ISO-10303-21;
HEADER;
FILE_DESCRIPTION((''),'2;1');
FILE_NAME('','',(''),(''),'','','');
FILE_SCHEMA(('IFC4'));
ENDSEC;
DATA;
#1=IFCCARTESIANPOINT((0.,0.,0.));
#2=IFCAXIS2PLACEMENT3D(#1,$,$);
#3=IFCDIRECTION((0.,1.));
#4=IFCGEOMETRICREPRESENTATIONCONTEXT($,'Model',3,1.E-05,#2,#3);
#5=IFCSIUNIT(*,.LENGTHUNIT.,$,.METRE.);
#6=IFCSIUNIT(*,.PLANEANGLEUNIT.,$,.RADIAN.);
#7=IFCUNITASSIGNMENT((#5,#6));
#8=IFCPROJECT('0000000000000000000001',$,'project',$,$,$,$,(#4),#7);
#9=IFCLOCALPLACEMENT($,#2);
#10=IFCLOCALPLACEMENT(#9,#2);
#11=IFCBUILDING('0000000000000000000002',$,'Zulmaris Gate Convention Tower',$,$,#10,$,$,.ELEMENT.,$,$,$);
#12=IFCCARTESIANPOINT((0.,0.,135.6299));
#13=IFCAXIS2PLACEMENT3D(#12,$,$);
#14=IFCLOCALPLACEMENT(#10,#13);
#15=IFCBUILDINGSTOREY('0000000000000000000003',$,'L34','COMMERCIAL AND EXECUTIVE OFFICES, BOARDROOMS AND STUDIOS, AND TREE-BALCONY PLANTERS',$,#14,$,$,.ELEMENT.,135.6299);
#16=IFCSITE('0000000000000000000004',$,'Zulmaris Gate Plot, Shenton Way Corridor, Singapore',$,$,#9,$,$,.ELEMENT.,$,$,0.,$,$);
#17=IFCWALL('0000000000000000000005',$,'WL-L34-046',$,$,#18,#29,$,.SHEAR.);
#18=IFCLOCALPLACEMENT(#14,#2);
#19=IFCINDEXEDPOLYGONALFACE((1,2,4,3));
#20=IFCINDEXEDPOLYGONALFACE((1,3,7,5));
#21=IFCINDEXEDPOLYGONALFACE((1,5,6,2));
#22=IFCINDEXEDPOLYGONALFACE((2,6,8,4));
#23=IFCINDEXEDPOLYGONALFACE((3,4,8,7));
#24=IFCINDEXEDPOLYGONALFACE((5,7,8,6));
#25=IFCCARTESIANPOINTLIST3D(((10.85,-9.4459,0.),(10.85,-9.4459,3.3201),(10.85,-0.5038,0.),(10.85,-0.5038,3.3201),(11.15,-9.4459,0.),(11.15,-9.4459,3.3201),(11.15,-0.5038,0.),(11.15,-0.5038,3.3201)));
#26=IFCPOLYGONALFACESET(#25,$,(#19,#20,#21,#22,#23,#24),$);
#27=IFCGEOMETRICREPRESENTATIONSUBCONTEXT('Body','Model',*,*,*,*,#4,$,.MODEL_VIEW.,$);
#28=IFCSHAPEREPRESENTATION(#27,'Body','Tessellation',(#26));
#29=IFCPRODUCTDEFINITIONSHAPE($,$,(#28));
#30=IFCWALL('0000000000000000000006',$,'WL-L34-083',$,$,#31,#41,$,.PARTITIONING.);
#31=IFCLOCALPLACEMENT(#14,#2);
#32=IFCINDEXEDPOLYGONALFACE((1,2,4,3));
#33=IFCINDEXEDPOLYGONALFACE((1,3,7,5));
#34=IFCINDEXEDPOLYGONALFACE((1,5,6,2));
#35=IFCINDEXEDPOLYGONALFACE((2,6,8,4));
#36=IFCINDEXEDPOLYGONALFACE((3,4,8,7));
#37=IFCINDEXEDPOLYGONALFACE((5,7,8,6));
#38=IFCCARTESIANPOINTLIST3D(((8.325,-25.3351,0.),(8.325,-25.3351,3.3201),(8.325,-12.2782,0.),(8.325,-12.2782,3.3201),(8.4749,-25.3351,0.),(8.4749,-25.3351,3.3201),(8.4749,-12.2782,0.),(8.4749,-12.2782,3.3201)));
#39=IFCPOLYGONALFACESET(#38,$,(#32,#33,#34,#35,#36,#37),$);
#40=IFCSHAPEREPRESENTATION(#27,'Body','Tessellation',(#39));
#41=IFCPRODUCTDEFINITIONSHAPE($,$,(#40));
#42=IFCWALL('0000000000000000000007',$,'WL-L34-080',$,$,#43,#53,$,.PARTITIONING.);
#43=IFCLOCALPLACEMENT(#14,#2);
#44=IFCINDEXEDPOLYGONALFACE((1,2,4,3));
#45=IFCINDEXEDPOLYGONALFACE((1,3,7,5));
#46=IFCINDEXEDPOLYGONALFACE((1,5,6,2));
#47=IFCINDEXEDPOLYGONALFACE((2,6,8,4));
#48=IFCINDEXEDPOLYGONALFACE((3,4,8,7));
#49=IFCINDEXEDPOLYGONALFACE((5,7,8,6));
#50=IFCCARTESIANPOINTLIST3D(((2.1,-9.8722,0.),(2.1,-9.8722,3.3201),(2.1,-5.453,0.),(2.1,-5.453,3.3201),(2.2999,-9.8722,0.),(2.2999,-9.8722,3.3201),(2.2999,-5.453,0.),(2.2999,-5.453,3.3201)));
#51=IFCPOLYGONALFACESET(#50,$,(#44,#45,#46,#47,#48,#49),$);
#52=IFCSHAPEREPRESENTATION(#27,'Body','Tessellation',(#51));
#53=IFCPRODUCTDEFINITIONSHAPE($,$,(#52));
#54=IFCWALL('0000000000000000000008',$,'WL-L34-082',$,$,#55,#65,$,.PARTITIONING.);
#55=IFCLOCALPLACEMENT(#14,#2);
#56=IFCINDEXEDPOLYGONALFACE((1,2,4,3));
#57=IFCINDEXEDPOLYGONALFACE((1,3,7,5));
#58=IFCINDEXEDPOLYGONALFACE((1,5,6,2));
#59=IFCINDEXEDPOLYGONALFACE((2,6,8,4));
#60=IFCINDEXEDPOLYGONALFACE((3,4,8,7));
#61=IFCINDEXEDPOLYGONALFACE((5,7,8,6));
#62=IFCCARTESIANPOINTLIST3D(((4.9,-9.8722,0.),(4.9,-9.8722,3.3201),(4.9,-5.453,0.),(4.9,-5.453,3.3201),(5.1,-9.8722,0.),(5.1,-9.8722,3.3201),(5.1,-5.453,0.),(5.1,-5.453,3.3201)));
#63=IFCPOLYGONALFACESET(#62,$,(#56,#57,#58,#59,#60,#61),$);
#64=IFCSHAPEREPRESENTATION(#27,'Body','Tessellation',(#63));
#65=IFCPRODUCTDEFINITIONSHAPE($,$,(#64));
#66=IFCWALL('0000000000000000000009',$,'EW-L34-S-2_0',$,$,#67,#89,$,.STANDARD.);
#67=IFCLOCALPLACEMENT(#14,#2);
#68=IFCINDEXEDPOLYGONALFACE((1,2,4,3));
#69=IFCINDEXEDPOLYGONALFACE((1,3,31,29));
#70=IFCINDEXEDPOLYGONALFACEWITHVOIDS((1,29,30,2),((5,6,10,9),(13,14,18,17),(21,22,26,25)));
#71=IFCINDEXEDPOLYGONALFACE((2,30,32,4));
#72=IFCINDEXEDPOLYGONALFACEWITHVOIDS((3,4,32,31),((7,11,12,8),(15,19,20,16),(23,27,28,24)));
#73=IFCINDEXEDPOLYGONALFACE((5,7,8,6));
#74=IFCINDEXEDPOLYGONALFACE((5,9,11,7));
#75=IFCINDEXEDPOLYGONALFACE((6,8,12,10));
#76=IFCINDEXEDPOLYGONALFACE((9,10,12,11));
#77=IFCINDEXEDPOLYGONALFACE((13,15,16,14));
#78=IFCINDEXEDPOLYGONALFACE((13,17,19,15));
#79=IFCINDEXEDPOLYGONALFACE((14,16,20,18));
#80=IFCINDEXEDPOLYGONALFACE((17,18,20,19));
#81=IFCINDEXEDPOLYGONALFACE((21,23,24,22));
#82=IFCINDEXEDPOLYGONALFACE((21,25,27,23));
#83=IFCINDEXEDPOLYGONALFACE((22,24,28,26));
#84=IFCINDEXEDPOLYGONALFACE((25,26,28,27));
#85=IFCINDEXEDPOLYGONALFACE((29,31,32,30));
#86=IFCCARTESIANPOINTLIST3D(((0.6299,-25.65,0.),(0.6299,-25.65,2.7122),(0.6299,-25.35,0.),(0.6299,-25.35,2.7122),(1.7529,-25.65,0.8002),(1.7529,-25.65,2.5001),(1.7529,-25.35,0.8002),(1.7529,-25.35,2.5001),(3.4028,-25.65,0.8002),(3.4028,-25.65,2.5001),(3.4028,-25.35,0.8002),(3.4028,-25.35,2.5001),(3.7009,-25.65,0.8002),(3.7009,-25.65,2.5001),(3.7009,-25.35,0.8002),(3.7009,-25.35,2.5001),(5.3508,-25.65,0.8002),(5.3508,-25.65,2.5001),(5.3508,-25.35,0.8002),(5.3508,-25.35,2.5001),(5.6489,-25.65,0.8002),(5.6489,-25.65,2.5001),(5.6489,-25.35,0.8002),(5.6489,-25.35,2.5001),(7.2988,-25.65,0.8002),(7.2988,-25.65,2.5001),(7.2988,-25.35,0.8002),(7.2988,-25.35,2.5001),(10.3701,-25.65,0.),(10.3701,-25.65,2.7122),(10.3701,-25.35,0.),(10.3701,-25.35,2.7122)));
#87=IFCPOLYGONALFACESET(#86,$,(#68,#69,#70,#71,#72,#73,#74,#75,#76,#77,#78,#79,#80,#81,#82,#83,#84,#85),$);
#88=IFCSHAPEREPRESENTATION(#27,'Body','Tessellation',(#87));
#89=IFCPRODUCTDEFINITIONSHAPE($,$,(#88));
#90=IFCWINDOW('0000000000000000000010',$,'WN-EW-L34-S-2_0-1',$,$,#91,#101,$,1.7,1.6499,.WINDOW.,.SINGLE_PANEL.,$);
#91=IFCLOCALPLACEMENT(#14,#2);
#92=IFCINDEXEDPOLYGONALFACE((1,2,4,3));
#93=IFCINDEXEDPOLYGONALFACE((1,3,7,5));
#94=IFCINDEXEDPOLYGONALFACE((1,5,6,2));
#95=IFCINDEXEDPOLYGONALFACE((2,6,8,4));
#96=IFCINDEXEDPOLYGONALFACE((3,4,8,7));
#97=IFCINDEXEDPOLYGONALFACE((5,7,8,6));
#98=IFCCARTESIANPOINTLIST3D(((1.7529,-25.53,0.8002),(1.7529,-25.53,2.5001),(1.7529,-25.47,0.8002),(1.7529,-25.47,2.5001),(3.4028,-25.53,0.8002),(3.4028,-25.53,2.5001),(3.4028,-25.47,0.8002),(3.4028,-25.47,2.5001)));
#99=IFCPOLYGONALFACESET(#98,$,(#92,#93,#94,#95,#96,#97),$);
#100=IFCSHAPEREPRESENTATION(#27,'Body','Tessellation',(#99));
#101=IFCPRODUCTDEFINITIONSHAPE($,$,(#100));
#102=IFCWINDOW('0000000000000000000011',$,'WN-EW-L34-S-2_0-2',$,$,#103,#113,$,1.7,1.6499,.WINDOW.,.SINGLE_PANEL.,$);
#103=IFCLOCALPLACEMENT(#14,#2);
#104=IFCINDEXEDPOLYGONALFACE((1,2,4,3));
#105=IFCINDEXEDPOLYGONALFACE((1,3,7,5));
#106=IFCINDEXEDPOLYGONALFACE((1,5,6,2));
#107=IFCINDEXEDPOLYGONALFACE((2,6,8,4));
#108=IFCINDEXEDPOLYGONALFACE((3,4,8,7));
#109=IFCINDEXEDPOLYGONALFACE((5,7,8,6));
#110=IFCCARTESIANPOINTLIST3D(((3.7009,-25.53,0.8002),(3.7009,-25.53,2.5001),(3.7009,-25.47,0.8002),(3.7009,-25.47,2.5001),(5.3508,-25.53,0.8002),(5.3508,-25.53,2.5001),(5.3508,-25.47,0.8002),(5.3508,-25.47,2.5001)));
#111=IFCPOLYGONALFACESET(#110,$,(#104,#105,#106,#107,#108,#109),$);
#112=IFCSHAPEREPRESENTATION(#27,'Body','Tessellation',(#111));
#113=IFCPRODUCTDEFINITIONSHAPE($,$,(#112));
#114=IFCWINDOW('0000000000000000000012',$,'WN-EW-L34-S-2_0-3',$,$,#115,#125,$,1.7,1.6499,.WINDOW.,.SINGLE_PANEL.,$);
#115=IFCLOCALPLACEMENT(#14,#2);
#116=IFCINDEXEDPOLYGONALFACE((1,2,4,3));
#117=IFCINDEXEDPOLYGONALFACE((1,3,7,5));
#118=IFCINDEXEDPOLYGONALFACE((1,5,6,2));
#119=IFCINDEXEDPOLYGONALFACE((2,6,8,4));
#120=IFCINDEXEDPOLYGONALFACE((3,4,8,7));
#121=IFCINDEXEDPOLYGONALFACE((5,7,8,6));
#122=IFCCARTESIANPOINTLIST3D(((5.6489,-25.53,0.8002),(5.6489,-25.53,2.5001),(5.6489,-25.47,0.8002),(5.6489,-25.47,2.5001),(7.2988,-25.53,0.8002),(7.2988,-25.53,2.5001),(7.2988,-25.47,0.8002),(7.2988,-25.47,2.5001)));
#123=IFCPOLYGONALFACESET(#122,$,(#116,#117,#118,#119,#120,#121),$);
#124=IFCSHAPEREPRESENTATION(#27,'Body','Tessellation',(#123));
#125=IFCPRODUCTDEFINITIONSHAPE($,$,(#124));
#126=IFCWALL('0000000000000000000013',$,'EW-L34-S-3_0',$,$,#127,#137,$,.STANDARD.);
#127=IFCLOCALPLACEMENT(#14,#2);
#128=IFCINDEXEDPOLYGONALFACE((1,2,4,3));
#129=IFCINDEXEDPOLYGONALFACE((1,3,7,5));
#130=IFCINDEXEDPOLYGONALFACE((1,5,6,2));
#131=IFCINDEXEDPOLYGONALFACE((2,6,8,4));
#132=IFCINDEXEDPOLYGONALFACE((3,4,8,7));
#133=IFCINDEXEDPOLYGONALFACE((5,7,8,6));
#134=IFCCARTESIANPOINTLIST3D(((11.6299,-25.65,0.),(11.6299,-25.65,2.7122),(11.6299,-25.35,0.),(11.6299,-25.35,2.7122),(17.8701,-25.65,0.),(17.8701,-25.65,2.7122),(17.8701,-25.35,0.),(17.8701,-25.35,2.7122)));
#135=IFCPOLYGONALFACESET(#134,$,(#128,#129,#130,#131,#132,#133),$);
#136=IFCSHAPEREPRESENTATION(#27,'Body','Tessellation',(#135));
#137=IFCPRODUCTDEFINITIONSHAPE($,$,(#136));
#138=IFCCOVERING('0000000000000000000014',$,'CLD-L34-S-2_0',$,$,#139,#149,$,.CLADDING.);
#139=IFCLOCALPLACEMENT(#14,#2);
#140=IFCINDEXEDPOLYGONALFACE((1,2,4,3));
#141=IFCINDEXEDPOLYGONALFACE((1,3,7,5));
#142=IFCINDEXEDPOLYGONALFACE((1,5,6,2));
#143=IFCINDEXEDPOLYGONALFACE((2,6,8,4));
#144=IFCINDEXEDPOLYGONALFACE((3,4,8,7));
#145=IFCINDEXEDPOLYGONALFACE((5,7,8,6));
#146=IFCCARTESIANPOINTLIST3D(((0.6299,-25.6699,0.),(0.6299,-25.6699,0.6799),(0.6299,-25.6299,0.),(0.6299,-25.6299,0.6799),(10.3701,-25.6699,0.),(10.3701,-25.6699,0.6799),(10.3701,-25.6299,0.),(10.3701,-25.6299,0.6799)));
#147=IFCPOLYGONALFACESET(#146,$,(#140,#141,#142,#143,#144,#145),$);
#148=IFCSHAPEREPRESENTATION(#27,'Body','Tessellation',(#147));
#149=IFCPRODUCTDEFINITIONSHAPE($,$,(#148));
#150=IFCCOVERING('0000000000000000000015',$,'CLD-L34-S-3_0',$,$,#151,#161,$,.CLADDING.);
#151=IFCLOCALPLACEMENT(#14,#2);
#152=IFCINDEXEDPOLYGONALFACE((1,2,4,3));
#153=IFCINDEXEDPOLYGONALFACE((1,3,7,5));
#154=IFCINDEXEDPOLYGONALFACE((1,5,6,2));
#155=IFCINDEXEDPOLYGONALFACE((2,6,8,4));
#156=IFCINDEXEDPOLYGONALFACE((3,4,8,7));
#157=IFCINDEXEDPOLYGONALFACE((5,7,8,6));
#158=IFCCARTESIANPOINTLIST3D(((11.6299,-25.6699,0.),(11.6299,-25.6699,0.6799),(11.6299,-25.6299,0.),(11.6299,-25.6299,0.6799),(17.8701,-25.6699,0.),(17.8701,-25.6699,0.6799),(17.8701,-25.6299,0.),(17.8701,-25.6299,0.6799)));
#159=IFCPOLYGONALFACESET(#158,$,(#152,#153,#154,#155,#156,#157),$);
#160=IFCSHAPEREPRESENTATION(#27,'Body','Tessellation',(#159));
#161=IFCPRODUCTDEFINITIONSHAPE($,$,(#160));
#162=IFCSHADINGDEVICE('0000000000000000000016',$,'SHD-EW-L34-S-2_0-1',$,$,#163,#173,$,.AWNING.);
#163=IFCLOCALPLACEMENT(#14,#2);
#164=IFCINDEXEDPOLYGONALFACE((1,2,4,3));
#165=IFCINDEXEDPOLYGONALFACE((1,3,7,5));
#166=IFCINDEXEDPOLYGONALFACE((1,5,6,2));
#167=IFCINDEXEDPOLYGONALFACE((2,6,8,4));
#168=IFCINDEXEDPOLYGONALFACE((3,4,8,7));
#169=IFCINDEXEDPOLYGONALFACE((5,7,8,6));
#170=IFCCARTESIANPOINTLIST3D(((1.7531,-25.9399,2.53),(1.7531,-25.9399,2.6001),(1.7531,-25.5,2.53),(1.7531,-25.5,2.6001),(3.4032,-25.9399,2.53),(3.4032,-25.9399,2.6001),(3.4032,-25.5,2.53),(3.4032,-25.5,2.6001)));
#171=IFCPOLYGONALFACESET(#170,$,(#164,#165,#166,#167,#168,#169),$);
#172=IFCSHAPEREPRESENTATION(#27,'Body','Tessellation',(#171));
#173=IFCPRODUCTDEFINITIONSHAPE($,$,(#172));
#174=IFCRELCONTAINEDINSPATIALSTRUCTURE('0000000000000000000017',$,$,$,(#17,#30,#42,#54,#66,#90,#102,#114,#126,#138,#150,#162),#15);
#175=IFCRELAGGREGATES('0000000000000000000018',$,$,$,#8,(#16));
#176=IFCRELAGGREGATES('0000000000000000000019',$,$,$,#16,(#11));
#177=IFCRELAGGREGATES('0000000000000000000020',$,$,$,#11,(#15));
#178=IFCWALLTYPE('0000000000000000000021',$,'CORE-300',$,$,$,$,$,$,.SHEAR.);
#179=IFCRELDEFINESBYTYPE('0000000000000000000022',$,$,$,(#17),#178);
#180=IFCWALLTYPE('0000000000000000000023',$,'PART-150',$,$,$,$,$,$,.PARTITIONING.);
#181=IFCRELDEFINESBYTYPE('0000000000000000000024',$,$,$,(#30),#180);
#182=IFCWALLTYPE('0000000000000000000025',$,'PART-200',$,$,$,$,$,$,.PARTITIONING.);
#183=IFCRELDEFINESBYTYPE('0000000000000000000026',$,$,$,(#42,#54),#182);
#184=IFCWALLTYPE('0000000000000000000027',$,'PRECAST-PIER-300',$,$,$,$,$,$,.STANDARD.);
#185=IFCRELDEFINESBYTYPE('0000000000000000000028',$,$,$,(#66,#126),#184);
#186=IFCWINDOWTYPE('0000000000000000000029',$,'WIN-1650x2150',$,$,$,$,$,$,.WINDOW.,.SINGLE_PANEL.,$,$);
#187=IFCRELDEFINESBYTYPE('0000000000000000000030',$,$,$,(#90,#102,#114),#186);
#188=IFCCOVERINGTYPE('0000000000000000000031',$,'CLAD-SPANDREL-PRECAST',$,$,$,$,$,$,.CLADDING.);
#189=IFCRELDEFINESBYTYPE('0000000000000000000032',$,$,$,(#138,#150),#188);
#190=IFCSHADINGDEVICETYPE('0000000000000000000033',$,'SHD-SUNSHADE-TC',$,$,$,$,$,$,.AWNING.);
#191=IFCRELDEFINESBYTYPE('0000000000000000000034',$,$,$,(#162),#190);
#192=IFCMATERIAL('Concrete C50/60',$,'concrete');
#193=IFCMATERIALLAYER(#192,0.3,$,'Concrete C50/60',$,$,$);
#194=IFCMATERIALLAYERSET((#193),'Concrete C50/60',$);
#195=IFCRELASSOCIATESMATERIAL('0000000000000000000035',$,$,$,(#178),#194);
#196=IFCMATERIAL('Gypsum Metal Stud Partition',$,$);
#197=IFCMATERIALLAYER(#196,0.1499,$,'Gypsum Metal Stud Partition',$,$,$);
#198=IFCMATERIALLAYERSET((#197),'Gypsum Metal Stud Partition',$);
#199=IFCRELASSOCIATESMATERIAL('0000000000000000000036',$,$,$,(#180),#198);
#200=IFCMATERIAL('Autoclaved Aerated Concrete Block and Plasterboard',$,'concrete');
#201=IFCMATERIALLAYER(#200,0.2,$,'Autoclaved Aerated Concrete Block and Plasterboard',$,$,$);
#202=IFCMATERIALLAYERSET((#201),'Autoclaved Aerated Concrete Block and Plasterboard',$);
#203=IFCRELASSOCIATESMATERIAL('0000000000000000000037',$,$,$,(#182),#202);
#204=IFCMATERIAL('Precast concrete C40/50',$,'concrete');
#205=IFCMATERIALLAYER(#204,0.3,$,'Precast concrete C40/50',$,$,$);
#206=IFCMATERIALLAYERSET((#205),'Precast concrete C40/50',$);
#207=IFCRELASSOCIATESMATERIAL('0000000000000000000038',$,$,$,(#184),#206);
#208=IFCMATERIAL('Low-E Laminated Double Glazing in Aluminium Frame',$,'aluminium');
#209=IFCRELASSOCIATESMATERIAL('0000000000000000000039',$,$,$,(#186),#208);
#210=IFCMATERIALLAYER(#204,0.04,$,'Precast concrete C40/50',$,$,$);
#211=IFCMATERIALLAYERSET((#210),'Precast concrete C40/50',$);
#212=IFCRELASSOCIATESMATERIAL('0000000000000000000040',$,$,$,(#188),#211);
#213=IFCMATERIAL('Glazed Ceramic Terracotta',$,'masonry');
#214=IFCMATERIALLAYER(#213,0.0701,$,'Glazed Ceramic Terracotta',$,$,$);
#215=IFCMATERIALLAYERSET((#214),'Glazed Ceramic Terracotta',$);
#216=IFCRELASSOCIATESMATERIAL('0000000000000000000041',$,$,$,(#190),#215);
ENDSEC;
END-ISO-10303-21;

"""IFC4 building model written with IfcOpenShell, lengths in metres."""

from ifc_helpers import new_model, si_unit, direction, frame, frame_2d, origin, place, context, subcontext, project, spatial, rectangle, extrude, material, layer, layer_set, type_object, element, fill, save


model = new_model("IFC4")

# Units and contexts
model_context = context("Model", 3, precision=1e-05, world=origin(), true_north=direction((0.0, 1.0)))
body_context = subcontext(model_context, "Body", "Model", "MODEL_VIEW")
ifc_project = project(units=[si_unit("LENGTHUNIT", "METRE"), si_unit("PLANEANGLEUNIT", "RADIAN")], contexts=[model_context])

# Site, building, storey
site_placement = place(None, origin())
site = spatial("IfcSite", under=ifc_project, at=site_placement, Name="Zulmaris Gate Plot, Shenton Way Corridor, Singapore", CompositionType="ELEMENT", RefElevation=0.0)
building_placement = place(site_placement, origin())
building = spatial("IfcBuilding", under=site, at=building_placement, Name="Zulmaris Gate Convention Tower", CompositionType="ELEMENT")
storey_placement = place(building_placement, frame((0.0, 0.0, 135.6299)))
storey = spatial("IfcBuildingStorey", under=building, at=storey_placement, Name="L34", Description="COMMERCIAL AND EXECUTIVE OFFICES, BOARDROOMS AND STUDIOS, AND TREE-BALCONY PLANTERS", CompositionType="ELEMENT", Elevation=135.6299)

# Wall
ifc_material_1 = material(Name="Concrete C50/60", Category="concrete")
ifc_layer_1 = layer(ifc_material_1, 0.3, Name="Concrete C50/60")
ifc_layer_set_1 = layer_set([ifc_layer_1], Name="Concrete C50/60")
wall_type_1 = type_object("IfcWallType", Name="CORE-300", PredefinedType="SHEAR", material=ifc_layer_set_1)
wall_1_placement = place(storey_placement, frame((11.0, -9.446, 0.0), z_axis=(0.0, 0.0, 1.0), x_axis=(0.0, 1.0, 0.0)))
element("IfcWall", 1, at=wall_1_placement, inside=storey, type_object=wall_type_1, Name="WL-L34-046", PredefinedType="SHEAR", context=body_context, shape_type="SweptSolid", body=[
    extrude(rectangle(XDim=8.9421, YDim=0.3, at=frame_2d((4.4712, 0.0))), origin(), (0.0, 0.0, 1.0), 3.3201),
])

# Walls
ifc_material_2 = material(Name="Gypsum Metal Stud Partition")
ifc_layer_2 = layer(ifc_material_2, 0.1499, Name="Gypsum Metal Stud Partition")
ifc_layer_set_2 = layer_set([ifc_layer_2], Name="Gypsum Metal Stud Partition")
wall_type_2 = type_object("IfcWallType", Name="PART-150", PredefinedType="PARTITIONING", material=ifc_layer_set_2)
wall_2_placement = place(storey_placement, frame((8.3999, -25.335, 0.0), z_axis=(0.0, 0.0, 1.0), x_axis=(0.0, 1.0, 0.0)))
element("IfcWall", 2, at=wall_2_placement, inside=storey, type_object=wall_type_2, Name="WL-L34-083", PredefinedType="PARTITIONING", context=body_context, shape_type="SweptSolid", body=[
    extrude(rectangle(XDim=13.0569, YDim=0.1499, at=frame_2d((6.5283, 0.0))), origin(), (0.0, 0.0, 1.0), 3.3201),
])
ifc_material_3 = material(Name="Autoclaved Aerated Concrete Block and Plasterboard", Category="concrete")
ifc_layer_3 = layer(ifc_material_3, 0.2, Name="Autoclaved Aerated Concrete Block and Plasterboard")
ifc_layer_set_3 = layer_set([ifc_layer_3], Name="Autoclaved Aerated Concrete Block and Plasterboard")
wall_type_3 = type_object("IfcWallType", Name="PART-200", PredefinedType="PARTITIONING", material=ifc_layer_set_3)
for number, where, z_axis, x_axis, name in (
    (3, (2.2, -9.8721, 0.0), (0.0, 0.0, 1.0), (0.0, 1.0, 0.0), "WL-L34-080"),
    (4, (5.0, -9.8721, 0.0), (0.0, 0.0, 1.0), (0.0, 1.0, 0.0), "WL-L34-082"),
):
    element("IfcWall", number, at=place(storey_placement, frame(where, z_axis=z_axis, x_axis=x_axis)), inside=storey, type_object=wall_type_3, Name=name, PredefinedType="PARTITIONING", context=body_context, shape_type="SweptSolid", body=[
        extrude(rectangle(XDim=4.4192, YDim=0.2, at=frame_2d((2.2095, 0.0))), origin(), (0.0, 0.0, 1.0), 3.3201),
    ])

# Wall, openings, windows
ifc_material_4 = material(Name="Precast concrete C40/50", Category="concrete")
ifc_layer_4 = layer(ifc_material_4, 0.3, Name="Precast concrete C40/50")
ifc_layer_set_4 = layer_set([ifc_layer_4], Name="Precast concrete C40/50")
wall_type_4 = type_object("IfcWallType", Name="PRECAST-PIER-300", PredefinedType="STANDARD", material=ifc_layer_set_4)
wall_3_placement = place(storey_placement, frame((0.6299, -25.5, 0.0), z_axis=(0.0, 0.0, 1.0), x_axis=(1.0, 0.0, 0.0)))
wall_3 = element("IfcWall", 5, at=wall_3_placement, inside=storey, type_object=wall_type_4, Name="EW-L34-S-2_0", PredefinedType="STANDARD", context=body_context, shape_type="SweptSolid", body=[
    extrude(rectangle(XDim=9.7402, YDim=0.3, at=frame_2d((4.8701, 0.0))), origin(), (0.0, 0.0, 1.0), 2.7122),
])
opening_1_placement = place(wall_3_placement, frame((1.123, 0.0, 0.8)))
opening_1 = element("IfcOpeningElement", 6, at=opening_1_placement, cuts=wall_3, PredefinedType="OPENING", context=body_context, shape_type="SweptSolid", body=[
    extrude(rectangle(XDim=1.6499, YDim=1.7, at=frame_2d((0.825, 0.8501))), frame((0.0, 0.1602, 0.0), z_axis=(0.0, -1.0, 0.0), x_axis=(1.0, 0.0, 0.0)), (0.0, 0.0, 1.0), 0.3201),
])
opening_2_placement = place(wall_3_placement, frame((3.071, 0.0, 0.8)))
opening_2 = element("IfcOpeningElement", 7, at=opening_2_placement, cuts=wall_3, PredefinedType="OPENING", context=body_context, shape_type="SweptSolid", body=[
    extrude(rectangle(XDim=1.6499, YDim=1.7, at=frame_2d((0.825, 0.8501))), frame((0.0, 0.1602, 0.0), z_axis=(0.0, -1.0, 0.0), x_axis=(1.0, 0.0, 0.0)), (0.0, 0.0, 1.0), 0.3201),
])
opening_3_placement = place(wall_3_placement, frame((5.019, 0.0, 0.8)))
opening_3 = element("IfcOpeningElement", 8, at=opening_3_placement, cuts=wall_3, PredefinedType="OPENING", context=body_context, shape_type="SweptSolid", body=[
    extrude(rectangle(XDim=1.6499, YDim=1.7, at=frame_2d((0.825, 0.8501))), frame((0.0, 0.1602, 0.0), z_axis=(0.0, -1.0, 0.0), x_axis=(1.0, 0.0, 0.0)), (0.0, 0.0, 1.0), 0.3201),
])
ifc_material_5 = material(Name="Low-E Laminated Double Glazing in Aluminium Frame", Category="aluminium")
window_type = type_object("IfcWindowType", Name="WIN-1650x2150", PartitioningType="SINGLE_PANEL", PredefinedType="WINDOW", material=ifc_material_5)
window_1_placement = place(opening_1_placement, origin())
window_1 = element("IfcWindow", 9, at=window_1_placement, inside=storey, type_object=window_type, Name="WN-EW-L34-S-2_0-1", OverallHeight=1.7, OverallWidth=1.6499, PartitioningType="SINGLE_PANEL", PredefinedType="WINDOW", context=body_context, shape_type="SweptSolid", body=[
    extrude(rectangle(XDim=1.6499, YDim=1.7, at=frame_2d((0.825, 0.8501))), frame((0.0, 0.03, 0.0), z_axis=(0.0, -1.0, 0.0), x_axis=(1.0, 0.0, 0.0)), (0.0, 0.0, 1.0), 0.0601),
])
fill(opening_1, window_1)
window_2_placement = place(opening_2_placement, origin())
window_2 = element("IfcWindow", 10, at=window_2_placement, inside=storey, type_object=window_type, Name="WN-EW-L34-S-2_0-2", OverallHeight=1.7, OverallWidth=1.6499, PartitioningType="SINGLE_PANEL", PredefinedType="WINDOW", context=body_context, shape_type="SweptSolid", body=[
    extrude(rectangle(XDim=1.6499, YDim=1.7, at=frame_2d((0.825, 0.8501))), frame((0.0, 0.03, 0.0), z_axis=(0.0, -1.0, 0.0), x_axis=(1.0, 0.0, 0.0)), (0.0, 0.0, 1.0), 0.0601),
])
fill(opening_2, window_2)
window_3_placement = place(opening_3_placement, origin())
window_3 = element("IfcWindow", 11, at=window_3_placement, inside=storey, type_object=window_type, Name="WN-EW-L34-S-2_0-3", OverallHeight=1.7, OverallWidth=1.6499, PartitioningType="SINGLE_PANEL", PredefinedType="WINDOW", context=body_context, shape_type="SweptSolid", body=[
    extrude(rectangle(XDim=1.6499, YDim=1.7, at=frame_2d((0.825, 0.8501))), frame((0.0, 0.03, 0.0), z_axis=(0.0, -1.0, 0.0), x_axis=(1.0, 0.0, 0.0)), (0.0, 0.0, 1.0), 0.0601),
])
fill(opening_3, window_3)

# Wall
wall_4_placement = place(storey_placement, frame((11.6299, -25.5, 0.0), z_axis=(0.0, 0.0, 1.0), x_axis=(1.0, 0.0, 0.0)))
element("IfcWall", 12, at=wall_4_placement, inside=storey, type_object=wall_type_4, Name="EW-L34-S-3_0", PredefinedType="STANDARD", context=body_context, shape_type="SweptSolid", body=[
    extrude(rectangle(XDim=6.2402, YDim=0.3, at=frame_2d((3.1201, 0.0))), origin(), (0.0, 0.0, 1.0), 2.7122),
])

# Coverings
ifc_layer_5 = layer(ifc_material_4, 0.04, Name="Precast concrete C40/50")
ifc_layer_set_5 = layer_set([ifc_layer_5], Name="Precast concrete C40/50")
covering_type = type_object("IfcCoveringType", Name="CLAD-SPANDREL-PRECAST", PredefinedType="CLADDING", material=ifc_layer_set_5)
covering_1_placement = place(storey_placement, frame((0.6299, -25.6499, 0.0), z_axis=(0.0, 0.0, 1.0), x_axis=(1.0, 0.0, 0.0)))
element("IfcCovering", 13, at=covering_1_placement, inside=storey, type_object=covering_type, Name="CLD-L34-S-2_0", PredefinedType="CLADDING", context=body_context, shape_type="SweptSolid", body=[
    extrude(rectangle(XDim=9.7402, YDim=0.04, at=frame_2d((4.8701, 0.0))), origin(), (0.0, 0.0, 1.0), 0.6799),
])
covering_2_placement = place(storey_placement, frame((11.6299, -25.6499, 0.0), z_axis=(0.0, 0.0, 1.0), x_axis=(1.0, 0.0, 0.0)))
element("IfcCovering", 14, at=covering_2_placement, inside=storey, type_object=covering_type, Name="CLD-L34-S-3_0", PredefinedType="CLADDING", context=body_context, shape_type="SweptSolid", body=[
    extrude(rectangle(XDim=6.2402, YDim=0.04, at=frame_2d((3.1201, 0.0))), origin(), (0.0, 0.0, 1.0), 0.6799),
])

# Shading device
ifc_material_6 = material(Name="Glazed Ceramic Terracotta", Category="masonry")
ifc_layer_6 = layer(ifc_material_6, 0.0701, Name="Glazed Ceramic Terracotta")
ifc_layer_set_6 = layer_set([ifc_layer_6], Name="Glazed Ceramic Terracotta")
shading_device_type = type_object("IfcShadingDeviceType", Name="SHD-SUNSHADE-TC", PredefinedType="AWNING", material=ifc_layer_set_6)
for number, where, z_axis, x_axis, name in (
    (15, (1.7529, -25.72, 2.53), (0.0, 0.0, 1.0), (1.0, 0.0, 0.0), "SHD-EW-L34-S-2_0-1"),
):
    element("IfcShadingDevice", number, at=place(storey_placement, frame(where, z_axis=z_axis, x_axis=x_axis)), inside=storey, type_object=shading_device_type, Name=name, PredefinedType="AWNING", context=body_context, shape_type="SweptSolid", body=[
        extrude(rectangle(XDim=1.6501, YDim=0.4399, at=frame_2d((0.8252, 0.0))), origin(), (0.0, 0.0, 1.0), 0.0701),
    ])

save(model, "model.ifc")
